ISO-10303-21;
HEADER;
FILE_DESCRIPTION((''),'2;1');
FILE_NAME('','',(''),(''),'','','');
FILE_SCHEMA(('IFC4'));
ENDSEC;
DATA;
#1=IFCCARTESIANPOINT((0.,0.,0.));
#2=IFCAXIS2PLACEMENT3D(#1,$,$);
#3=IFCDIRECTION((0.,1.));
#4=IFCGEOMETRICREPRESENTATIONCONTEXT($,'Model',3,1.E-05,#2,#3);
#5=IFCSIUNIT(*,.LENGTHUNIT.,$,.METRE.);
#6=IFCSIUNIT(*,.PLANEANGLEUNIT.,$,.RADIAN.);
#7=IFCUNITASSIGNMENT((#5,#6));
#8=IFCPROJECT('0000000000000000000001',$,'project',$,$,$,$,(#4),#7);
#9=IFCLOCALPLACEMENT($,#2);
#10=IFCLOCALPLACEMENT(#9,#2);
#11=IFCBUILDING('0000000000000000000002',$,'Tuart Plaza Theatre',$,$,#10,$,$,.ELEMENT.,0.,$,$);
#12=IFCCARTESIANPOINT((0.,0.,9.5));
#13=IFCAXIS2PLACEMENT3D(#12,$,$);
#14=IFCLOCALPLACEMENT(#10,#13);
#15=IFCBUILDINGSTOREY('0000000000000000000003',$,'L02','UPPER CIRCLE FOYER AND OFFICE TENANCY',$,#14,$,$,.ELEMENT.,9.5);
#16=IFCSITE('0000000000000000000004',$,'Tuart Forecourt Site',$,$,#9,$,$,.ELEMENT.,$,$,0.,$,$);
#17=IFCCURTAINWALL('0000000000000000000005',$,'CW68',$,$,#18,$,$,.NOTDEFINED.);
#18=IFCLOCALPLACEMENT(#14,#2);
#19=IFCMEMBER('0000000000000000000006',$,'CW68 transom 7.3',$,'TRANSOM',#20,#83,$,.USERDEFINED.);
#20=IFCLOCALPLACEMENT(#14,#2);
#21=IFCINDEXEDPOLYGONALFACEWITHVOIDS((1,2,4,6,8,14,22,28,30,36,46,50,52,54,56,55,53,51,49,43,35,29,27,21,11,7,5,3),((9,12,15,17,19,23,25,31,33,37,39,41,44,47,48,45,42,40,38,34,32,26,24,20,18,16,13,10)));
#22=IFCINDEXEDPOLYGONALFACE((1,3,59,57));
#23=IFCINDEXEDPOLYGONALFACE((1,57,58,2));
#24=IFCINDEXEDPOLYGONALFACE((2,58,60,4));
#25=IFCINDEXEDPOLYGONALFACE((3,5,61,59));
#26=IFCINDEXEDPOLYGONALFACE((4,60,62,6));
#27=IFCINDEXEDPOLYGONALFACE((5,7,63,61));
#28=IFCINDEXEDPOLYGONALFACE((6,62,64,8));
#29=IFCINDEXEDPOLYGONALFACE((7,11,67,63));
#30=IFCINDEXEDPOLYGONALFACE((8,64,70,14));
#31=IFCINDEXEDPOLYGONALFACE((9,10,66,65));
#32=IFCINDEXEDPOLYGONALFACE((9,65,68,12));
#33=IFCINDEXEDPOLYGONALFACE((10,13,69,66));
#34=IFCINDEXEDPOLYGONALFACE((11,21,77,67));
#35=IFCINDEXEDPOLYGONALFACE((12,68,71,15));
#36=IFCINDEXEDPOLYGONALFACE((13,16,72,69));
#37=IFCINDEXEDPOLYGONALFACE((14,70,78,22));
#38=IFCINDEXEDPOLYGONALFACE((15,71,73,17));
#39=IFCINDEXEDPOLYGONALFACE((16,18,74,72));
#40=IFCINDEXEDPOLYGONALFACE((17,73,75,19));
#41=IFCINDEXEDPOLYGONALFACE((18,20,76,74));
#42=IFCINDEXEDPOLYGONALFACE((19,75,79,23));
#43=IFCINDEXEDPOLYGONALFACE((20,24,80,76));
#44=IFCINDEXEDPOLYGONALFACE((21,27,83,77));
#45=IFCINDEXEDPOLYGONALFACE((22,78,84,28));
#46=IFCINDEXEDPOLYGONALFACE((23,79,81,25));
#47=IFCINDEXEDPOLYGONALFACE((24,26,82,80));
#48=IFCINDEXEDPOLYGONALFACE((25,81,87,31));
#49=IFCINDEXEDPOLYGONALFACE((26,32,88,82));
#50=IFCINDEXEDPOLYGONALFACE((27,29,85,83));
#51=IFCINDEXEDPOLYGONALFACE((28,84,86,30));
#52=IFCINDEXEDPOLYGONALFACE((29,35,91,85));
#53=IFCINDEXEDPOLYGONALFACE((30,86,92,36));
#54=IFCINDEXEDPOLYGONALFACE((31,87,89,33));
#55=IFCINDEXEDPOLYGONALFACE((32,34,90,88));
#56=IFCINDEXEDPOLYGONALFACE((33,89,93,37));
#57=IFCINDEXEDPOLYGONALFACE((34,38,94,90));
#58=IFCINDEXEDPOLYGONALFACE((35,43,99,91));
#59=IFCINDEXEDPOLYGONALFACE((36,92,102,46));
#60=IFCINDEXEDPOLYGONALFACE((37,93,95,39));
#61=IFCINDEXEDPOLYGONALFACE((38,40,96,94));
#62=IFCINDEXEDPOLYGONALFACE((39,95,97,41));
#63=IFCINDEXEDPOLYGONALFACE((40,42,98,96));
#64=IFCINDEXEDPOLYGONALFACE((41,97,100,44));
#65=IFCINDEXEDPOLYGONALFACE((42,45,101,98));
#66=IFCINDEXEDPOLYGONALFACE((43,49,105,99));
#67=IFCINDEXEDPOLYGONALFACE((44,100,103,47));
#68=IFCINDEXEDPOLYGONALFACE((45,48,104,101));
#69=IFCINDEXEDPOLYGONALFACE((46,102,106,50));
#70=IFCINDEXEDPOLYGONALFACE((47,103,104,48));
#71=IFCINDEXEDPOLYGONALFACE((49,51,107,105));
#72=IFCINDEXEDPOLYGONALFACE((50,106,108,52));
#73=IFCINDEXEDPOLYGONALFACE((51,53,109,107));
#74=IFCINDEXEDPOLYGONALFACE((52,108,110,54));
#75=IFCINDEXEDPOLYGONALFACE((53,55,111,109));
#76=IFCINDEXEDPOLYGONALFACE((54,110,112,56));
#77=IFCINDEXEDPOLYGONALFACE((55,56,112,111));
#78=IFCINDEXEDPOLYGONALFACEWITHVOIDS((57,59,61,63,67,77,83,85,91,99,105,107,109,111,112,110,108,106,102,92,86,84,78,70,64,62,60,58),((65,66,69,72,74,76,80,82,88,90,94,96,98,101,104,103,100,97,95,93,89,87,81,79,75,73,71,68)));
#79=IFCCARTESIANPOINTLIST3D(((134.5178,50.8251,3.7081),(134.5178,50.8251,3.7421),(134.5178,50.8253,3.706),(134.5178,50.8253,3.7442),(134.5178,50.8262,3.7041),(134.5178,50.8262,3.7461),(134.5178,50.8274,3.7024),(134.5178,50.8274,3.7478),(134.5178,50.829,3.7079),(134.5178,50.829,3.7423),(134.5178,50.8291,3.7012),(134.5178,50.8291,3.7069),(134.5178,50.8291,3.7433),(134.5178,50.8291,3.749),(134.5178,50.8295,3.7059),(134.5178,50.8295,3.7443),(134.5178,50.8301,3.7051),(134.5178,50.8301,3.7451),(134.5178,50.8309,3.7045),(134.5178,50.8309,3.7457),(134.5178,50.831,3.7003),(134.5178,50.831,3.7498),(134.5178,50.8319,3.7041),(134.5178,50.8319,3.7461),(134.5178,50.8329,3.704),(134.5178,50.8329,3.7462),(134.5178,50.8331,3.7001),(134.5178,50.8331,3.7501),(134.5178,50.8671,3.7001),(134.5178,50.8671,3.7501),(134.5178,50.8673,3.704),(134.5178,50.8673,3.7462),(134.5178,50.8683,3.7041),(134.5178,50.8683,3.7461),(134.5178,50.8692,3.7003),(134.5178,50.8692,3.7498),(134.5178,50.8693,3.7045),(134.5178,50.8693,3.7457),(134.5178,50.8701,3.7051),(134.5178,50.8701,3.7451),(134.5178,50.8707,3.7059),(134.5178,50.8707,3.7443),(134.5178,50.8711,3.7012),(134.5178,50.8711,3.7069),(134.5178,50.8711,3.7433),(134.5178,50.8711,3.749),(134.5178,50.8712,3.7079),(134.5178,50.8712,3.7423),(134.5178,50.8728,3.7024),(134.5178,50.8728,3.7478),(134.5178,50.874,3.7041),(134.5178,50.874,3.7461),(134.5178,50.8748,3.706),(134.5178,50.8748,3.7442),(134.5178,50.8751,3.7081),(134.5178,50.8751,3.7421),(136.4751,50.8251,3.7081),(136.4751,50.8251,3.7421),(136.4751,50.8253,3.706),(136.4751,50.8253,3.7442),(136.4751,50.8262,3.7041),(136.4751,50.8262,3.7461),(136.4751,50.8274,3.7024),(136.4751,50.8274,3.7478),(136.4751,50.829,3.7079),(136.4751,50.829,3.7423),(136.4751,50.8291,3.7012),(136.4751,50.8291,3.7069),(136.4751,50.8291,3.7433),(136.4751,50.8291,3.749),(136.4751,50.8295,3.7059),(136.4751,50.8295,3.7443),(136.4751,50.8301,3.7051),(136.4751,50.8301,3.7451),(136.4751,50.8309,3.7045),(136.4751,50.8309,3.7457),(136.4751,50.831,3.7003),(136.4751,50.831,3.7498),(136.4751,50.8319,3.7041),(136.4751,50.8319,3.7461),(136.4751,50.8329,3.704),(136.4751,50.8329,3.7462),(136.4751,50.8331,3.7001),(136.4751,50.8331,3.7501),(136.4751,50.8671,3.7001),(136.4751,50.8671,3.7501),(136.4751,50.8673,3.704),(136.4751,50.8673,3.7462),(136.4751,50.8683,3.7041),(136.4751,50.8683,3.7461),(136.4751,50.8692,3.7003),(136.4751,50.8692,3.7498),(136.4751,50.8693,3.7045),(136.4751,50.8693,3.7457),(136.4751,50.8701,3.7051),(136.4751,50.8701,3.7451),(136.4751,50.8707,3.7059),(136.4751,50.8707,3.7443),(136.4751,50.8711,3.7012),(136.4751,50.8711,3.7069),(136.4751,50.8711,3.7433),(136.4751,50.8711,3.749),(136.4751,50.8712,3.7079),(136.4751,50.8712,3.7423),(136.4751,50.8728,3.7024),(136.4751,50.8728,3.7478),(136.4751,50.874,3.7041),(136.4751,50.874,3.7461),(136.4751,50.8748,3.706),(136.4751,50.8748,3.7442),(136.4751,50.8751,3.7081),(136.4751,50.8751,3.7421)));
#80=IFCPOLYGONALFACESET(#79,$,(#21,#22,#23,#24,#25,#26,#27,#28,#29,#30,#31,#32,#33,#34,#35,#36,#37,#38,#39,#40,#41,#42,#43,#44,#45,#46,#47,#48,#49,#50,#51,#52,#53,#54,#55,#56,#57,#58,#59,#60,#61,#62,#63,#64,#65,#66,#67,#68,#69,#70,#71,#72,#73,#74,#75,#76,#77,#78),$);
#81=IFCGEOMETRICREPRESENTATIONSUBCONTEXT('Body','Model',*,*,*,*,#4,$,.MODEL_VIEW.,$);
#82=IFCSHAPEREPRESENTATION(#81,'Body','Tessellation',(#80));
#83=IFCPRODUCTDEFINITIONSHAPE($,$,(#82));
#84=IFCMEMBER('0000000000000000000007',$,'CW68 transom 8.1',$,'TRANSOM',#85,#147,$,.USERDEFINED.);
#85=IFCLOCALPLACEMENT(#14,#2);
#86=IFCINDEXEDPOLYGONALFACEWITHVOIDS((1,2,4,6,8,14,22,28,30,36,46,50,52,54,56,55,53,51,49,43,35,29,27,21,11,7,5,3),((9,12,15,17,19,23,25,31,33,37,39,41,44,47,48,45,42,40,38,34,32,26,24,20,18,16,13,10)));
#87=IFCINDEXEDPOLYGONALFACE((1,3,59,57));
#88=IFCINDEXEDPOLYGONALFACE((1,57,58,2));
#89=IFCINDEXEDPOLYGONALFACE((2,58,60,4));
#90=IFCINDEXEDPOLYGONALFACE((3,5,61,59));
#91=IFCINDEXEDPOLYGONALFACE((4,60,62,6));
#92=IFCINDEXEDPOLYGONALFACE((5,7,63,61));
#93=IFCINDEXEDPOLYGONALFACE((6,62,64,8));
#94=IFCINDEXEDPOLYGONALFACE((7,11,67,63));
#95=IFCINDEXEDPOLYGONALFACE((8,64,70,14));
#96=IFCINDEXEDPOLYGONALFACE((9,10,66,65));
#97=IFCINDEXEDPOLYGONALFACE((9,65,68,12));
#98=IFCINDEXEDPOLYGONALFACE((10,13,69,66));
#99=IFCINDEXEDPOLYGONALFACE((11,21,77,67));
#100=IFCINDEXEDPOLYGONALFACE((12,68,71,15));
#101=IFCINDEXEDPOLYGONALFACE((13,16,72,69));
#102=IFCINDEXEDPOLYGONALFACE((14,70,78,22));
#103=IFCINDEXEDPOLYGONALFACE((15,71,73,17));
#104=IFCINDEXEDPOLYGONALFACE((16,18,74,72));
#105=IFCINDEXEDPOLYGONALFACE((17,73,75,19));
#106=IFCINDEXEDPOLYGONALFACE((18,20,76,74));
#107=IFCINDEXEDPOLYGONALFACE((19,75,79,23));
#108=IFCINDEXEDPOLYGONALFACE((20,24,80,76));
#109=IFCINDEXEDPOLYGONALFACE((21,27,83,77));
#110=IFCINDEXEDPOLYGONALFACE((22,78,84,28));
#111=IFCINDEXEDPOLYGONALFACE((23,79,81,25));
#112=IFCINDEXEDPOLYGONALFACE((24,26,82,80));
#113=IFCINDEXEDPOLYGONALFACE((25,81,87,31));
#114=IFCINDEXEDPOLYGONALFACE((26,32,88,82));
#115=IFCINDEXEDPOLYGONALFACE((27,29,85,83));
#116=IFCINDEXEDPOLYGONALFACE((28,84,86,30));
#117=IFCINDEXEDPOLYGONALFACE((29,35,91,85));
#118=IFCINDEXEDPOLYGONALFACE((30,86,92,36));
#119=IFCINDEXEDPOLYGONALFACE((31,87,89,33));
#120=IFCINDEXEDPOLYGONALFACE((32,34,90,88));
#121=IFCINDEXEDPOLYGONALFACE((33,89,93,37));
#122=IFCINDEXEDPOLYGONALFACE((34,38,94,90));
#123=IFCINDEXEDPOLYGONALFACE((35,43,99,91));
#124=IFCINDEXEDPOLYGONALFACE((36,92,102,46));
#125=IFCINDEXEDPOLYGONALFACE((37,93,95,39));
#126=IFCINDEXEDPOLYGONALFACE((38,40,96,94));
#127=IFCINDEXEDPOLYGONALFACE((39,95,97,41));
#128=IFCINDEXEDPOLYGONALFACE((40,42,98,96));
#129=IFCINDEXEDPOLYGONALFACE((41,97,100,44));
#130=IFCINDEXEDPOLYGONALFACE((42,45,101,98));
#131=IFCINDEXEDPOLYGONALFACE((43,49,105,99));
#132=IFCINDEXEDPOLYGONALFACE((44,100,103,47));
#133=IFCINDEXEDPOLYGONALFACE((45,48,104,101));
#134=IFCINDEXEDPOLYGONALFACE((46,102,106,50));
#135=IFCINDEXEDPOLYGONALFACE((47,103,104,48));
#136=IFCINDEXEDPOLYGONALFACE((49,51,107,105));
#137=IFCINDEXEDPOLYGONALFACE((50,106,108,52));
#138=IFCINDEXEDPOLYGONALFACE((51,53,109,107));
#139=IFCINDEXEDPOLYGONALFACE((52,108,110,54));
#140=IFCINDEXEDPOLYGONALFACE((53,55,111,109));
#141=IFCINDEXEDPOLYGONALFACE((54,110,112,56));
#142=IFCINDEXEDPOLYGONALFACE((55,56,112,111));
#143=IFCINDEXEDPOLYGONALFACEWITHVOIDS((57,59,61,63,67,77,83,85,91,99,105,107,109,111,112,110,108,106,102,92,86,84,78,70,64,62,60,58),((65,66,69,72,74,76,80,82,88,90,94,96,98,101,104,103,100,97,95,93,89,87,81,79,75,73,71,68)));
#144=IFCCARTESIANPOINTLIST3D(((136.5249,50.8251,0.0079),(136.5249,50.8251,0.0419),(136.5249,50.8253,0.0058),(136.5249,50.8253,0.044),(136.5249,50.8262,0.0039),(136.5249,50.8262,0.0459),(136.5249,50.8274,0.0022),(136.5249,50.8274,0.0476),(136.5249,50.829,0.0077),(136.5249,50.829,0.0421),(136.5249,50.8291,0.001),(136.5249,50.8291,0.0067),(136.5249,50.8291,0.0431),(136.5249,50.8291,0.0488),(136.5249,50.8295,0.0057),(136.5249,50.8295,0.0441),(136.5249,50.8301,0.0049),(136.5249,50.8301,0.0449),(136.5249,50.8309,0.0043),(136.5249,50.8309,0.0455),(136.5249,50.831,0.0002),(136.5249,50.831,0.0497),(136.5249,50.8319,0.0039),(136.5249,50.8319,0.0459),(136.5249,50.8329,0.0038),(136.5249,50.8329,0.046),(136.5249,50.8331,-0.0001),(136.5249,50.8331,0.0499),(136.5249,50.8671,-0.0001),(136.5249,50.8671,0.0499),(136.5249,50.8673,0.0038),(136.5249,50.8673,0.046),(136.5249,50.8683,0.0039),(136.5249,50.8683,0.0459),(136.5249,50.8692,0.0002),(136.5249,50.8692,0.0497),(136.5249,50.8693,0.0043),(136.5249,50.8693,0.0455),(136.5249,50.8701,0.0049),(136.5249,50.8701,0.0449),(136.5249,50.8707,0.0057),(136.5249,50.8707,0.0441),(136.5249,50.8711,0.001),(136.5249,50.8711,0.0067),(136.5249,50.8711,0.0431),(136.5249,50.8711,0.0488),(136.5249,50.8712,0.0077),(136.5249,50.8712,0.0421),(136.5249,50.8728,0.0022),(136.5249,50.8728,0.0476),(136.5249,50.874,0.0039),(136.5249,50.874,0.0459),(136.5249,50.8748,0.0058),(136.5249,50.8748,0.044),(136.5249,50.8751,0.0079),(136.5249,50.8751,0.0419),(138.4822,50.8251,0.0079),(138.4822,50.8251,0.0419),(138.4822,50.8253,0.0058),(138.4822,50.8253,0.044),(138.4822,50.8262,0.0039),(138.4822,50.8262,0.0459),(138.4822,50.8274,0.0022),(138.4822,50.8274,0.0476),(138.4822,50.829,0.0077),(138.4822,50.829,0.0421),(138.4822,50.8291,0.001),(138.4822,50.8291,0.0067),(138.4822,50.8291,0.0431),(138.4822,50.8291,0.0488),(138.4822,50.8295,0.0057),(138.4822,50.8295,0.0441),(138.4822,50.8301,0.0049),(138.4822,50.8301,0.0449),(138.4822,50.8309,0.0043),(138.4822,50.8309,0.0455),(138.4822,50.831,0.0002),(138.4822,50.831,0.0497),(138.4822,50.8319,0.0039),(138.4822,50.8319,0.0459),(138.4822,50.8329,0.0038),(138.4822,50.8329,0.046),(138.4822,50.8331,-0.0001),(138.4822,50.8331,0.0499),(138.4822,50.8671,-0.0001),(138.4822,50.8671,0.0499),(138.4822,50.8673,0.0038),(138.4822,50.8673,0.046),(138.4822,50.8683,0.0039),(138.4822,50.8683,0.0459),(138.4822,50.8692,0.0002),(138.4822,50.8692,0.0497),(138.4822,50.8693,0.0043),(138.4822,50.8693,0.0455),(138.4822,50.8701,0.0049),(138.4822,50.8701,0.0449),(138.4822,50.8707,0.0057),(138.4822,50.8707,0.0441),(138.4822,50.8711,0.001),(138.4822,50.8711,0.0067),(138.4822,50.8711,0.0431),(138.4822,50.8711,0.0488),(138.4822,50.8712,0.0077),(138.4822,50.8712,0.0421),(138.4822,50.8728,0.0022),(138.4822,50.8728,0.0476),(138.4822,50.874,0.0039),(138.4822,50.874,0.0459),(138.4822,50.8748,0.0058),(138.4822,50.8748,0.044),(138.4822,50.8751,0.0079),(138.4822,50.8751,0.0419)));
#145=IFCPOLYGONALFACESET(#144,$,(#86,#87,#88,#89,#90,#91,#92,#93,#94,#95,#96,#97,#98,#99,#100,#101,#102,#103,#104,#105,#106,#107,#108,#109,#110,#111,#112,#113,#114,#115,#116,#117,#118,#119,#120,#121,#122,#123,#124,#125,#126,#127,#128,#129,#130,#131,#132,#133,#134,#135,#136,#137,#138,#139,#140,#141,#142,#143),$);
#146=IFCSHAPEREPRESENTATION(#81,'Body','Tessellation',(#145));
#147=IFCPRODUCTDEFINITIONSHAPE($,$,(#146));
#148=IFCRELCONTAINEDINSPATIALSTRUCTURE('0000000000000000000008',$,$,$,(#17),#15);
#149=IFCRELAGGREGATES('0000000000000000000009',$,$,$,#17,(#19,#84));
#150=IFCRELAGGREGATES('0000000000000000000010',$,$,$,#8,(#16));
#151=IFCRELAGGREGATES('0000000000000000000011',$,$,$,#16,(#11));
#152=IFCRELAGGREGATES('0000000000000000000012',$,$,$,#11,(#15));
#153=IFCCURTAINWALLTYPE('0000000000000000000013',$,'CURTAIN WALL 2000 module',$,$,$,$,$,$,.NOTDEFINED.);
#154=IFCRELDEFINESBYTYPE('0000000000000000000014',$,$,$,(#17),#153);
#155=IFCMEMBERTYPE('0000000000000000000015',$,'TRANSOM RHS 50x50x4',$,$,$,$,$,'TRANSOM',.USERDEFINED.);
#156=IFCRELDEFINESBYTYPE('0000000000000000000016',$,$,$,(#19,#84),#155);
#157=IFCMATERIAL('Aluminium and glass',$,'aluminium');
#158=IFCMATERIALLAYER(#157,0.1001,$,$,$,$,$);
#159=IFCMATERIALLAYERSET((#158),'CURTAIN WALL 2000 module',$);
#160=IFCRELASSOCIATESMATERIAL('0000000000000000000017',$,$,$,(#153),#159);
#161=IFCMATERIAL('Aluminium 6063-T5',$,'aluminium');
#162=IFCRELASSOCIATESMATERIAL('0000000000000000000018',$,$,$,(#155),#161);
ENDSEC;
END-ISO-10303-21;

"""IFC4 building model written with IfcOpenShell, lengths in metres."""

from ifc_helpers import new_model, si_unit, direction, frame, origin, origin_2d, place, context, subcontext, project, spatial, hollow_rectangle, extrude, material, layer, layer_set, material_profile, profile_set, type_object, element, aggregate, save


model = new_model("IFC4")

# Units and contexts
model_context = context("Model", 3, precision=1e-05, world=origin(), true_north=direction((0.0, 1.0)))
body_context = subcontext(model_context, "Body", "Model", "MODEL_VIEW")
ifc_project = project(units=[si_unit("LENGTHUNIT", "METRE"), si_unit("PLANEANGLEUNIT", "RADIAN")], contexts=[model_context])

# Site, building, storey
site_placement = place(None, origin())
site = spatial("IfcSite", under=ifc_project, at=site_placement, Name="Tuart Forecourt Site", CompositionType="ELEMENT", RefElevation=0.0)
building_placement = place(site_placement, origin())
building = spatial("IfcBuilding", under=site, at=building_placement, Name="Tuart Plaza Theatre", CompositionType="ELEMENT", ElevationOfRefHeight=0.0)
storey_placement = place(building_placement, frame((0.0, 0.0, 9.5)))
storey = spatial("IfcBuildingStorey", under=building, at=storey_placement, Name="L02", Description="UPPER CIRCLE FOYER AND OFFICE TENANCY", CompositionType="ELEMENT", Elevation=9.5)

# Curtain wall, members
ifc_material_1 = material(Name="Aluminium and glass", Category="aluminium")
ifc_layer_1 = layer(ifc_material_1, 0.1001)
ifc_layer_set_1 = layer_set([ifc_layer_1], Name="CURTAIN WALL 2000 module")
curtain_wall_type = type_object("IfcCurtainWallType", Name="CURTAIN WALL 2000 module", PredefinedType="NOTDEFINED", material=ifc_layer_set_1)
curtain_wall_placement = place(storey_placement, origin())
curtain_wall = element("IfcCurtainWall", 1, at=curtain_wall_placement, inside=storey, type_object=curtain_wall_type, Name="CW68", PredefinedType="NOTDEFINED")
ifc_material_2 = material(Name="Aluminium 6063-T5", Category="aluminium")
ifc_material_profile_1 = material_profile(ifc_material_2, hollow_rectangle(XDim=0.05, YDim=0.05, WallThickness=0.0039, InnerFilletRadius=0.0039, OuterFilletRadius=0.0081, at=origin_2d()), Name="RHS 50x50x4")
ifc_profile_set_1 = profile_set([ifc_material_profile_1], Name="Aluminium 6063-T5")
member_type_1 = type_object("IfcMemberType", Name="TRANSOM RHS 50x50x4", ElementType="TRANSOM", PredefinedType="USERDEFINED", material=ifc_profile_set_1)
member_1_placement = place(storey_placement, frame((134.5178, 50.8501, 3.7251), z_axis=(1.0, 0.0, 0.0), x_axis=(0.0, 1.0, 0.0)))
member_1 = element("IfcMember", 2, at=member_1_placement, type_object=member_type_1, Name="CW68 transom 7.3", ObjectType="TRANSOM", PredefinedType="USERDEFINED", context=body_context, shape_type="SweptSolid", body=[
    extrude(hollow_rectangle(XDim=0.05, YDim=0.05, WallThickness=0.0039, InnerFilletRadius=0.0039, OuterFilletRadius=0.0081, at=origin_2d()), origin(), (0.0, 0.0, 1.0), 1.9573),
])
member_2_placement = place(storey_placement, frame((136.5249, 50.8501, 0.0249), z_axis=(1.0, 0.0, 0.0), x_axis=(0.0, 1.0, 0.0)))
member_2 = element("IfcMember", 3, at=member_2_placement, type_object=member_type_1, Name="CW68 transom 8.1", ObjectType="TRANSOM", PredefinedType="USERDEFINED", context=body_context, shape_type="SweptSolid", body=[
    extrude(hollow_rectangle(XDim=0.05, YDim=0.05, WallThickness=0.0039, InnerFilletRadius=0.0039, OuterFilletRadius=0.0081, at=origin_2d()), origin(), (0.0, 0.0, 1.0), 1.9573),
])
aggregate(curtain_wall, [member_1, member_2])

save(model, "model.ifc")
